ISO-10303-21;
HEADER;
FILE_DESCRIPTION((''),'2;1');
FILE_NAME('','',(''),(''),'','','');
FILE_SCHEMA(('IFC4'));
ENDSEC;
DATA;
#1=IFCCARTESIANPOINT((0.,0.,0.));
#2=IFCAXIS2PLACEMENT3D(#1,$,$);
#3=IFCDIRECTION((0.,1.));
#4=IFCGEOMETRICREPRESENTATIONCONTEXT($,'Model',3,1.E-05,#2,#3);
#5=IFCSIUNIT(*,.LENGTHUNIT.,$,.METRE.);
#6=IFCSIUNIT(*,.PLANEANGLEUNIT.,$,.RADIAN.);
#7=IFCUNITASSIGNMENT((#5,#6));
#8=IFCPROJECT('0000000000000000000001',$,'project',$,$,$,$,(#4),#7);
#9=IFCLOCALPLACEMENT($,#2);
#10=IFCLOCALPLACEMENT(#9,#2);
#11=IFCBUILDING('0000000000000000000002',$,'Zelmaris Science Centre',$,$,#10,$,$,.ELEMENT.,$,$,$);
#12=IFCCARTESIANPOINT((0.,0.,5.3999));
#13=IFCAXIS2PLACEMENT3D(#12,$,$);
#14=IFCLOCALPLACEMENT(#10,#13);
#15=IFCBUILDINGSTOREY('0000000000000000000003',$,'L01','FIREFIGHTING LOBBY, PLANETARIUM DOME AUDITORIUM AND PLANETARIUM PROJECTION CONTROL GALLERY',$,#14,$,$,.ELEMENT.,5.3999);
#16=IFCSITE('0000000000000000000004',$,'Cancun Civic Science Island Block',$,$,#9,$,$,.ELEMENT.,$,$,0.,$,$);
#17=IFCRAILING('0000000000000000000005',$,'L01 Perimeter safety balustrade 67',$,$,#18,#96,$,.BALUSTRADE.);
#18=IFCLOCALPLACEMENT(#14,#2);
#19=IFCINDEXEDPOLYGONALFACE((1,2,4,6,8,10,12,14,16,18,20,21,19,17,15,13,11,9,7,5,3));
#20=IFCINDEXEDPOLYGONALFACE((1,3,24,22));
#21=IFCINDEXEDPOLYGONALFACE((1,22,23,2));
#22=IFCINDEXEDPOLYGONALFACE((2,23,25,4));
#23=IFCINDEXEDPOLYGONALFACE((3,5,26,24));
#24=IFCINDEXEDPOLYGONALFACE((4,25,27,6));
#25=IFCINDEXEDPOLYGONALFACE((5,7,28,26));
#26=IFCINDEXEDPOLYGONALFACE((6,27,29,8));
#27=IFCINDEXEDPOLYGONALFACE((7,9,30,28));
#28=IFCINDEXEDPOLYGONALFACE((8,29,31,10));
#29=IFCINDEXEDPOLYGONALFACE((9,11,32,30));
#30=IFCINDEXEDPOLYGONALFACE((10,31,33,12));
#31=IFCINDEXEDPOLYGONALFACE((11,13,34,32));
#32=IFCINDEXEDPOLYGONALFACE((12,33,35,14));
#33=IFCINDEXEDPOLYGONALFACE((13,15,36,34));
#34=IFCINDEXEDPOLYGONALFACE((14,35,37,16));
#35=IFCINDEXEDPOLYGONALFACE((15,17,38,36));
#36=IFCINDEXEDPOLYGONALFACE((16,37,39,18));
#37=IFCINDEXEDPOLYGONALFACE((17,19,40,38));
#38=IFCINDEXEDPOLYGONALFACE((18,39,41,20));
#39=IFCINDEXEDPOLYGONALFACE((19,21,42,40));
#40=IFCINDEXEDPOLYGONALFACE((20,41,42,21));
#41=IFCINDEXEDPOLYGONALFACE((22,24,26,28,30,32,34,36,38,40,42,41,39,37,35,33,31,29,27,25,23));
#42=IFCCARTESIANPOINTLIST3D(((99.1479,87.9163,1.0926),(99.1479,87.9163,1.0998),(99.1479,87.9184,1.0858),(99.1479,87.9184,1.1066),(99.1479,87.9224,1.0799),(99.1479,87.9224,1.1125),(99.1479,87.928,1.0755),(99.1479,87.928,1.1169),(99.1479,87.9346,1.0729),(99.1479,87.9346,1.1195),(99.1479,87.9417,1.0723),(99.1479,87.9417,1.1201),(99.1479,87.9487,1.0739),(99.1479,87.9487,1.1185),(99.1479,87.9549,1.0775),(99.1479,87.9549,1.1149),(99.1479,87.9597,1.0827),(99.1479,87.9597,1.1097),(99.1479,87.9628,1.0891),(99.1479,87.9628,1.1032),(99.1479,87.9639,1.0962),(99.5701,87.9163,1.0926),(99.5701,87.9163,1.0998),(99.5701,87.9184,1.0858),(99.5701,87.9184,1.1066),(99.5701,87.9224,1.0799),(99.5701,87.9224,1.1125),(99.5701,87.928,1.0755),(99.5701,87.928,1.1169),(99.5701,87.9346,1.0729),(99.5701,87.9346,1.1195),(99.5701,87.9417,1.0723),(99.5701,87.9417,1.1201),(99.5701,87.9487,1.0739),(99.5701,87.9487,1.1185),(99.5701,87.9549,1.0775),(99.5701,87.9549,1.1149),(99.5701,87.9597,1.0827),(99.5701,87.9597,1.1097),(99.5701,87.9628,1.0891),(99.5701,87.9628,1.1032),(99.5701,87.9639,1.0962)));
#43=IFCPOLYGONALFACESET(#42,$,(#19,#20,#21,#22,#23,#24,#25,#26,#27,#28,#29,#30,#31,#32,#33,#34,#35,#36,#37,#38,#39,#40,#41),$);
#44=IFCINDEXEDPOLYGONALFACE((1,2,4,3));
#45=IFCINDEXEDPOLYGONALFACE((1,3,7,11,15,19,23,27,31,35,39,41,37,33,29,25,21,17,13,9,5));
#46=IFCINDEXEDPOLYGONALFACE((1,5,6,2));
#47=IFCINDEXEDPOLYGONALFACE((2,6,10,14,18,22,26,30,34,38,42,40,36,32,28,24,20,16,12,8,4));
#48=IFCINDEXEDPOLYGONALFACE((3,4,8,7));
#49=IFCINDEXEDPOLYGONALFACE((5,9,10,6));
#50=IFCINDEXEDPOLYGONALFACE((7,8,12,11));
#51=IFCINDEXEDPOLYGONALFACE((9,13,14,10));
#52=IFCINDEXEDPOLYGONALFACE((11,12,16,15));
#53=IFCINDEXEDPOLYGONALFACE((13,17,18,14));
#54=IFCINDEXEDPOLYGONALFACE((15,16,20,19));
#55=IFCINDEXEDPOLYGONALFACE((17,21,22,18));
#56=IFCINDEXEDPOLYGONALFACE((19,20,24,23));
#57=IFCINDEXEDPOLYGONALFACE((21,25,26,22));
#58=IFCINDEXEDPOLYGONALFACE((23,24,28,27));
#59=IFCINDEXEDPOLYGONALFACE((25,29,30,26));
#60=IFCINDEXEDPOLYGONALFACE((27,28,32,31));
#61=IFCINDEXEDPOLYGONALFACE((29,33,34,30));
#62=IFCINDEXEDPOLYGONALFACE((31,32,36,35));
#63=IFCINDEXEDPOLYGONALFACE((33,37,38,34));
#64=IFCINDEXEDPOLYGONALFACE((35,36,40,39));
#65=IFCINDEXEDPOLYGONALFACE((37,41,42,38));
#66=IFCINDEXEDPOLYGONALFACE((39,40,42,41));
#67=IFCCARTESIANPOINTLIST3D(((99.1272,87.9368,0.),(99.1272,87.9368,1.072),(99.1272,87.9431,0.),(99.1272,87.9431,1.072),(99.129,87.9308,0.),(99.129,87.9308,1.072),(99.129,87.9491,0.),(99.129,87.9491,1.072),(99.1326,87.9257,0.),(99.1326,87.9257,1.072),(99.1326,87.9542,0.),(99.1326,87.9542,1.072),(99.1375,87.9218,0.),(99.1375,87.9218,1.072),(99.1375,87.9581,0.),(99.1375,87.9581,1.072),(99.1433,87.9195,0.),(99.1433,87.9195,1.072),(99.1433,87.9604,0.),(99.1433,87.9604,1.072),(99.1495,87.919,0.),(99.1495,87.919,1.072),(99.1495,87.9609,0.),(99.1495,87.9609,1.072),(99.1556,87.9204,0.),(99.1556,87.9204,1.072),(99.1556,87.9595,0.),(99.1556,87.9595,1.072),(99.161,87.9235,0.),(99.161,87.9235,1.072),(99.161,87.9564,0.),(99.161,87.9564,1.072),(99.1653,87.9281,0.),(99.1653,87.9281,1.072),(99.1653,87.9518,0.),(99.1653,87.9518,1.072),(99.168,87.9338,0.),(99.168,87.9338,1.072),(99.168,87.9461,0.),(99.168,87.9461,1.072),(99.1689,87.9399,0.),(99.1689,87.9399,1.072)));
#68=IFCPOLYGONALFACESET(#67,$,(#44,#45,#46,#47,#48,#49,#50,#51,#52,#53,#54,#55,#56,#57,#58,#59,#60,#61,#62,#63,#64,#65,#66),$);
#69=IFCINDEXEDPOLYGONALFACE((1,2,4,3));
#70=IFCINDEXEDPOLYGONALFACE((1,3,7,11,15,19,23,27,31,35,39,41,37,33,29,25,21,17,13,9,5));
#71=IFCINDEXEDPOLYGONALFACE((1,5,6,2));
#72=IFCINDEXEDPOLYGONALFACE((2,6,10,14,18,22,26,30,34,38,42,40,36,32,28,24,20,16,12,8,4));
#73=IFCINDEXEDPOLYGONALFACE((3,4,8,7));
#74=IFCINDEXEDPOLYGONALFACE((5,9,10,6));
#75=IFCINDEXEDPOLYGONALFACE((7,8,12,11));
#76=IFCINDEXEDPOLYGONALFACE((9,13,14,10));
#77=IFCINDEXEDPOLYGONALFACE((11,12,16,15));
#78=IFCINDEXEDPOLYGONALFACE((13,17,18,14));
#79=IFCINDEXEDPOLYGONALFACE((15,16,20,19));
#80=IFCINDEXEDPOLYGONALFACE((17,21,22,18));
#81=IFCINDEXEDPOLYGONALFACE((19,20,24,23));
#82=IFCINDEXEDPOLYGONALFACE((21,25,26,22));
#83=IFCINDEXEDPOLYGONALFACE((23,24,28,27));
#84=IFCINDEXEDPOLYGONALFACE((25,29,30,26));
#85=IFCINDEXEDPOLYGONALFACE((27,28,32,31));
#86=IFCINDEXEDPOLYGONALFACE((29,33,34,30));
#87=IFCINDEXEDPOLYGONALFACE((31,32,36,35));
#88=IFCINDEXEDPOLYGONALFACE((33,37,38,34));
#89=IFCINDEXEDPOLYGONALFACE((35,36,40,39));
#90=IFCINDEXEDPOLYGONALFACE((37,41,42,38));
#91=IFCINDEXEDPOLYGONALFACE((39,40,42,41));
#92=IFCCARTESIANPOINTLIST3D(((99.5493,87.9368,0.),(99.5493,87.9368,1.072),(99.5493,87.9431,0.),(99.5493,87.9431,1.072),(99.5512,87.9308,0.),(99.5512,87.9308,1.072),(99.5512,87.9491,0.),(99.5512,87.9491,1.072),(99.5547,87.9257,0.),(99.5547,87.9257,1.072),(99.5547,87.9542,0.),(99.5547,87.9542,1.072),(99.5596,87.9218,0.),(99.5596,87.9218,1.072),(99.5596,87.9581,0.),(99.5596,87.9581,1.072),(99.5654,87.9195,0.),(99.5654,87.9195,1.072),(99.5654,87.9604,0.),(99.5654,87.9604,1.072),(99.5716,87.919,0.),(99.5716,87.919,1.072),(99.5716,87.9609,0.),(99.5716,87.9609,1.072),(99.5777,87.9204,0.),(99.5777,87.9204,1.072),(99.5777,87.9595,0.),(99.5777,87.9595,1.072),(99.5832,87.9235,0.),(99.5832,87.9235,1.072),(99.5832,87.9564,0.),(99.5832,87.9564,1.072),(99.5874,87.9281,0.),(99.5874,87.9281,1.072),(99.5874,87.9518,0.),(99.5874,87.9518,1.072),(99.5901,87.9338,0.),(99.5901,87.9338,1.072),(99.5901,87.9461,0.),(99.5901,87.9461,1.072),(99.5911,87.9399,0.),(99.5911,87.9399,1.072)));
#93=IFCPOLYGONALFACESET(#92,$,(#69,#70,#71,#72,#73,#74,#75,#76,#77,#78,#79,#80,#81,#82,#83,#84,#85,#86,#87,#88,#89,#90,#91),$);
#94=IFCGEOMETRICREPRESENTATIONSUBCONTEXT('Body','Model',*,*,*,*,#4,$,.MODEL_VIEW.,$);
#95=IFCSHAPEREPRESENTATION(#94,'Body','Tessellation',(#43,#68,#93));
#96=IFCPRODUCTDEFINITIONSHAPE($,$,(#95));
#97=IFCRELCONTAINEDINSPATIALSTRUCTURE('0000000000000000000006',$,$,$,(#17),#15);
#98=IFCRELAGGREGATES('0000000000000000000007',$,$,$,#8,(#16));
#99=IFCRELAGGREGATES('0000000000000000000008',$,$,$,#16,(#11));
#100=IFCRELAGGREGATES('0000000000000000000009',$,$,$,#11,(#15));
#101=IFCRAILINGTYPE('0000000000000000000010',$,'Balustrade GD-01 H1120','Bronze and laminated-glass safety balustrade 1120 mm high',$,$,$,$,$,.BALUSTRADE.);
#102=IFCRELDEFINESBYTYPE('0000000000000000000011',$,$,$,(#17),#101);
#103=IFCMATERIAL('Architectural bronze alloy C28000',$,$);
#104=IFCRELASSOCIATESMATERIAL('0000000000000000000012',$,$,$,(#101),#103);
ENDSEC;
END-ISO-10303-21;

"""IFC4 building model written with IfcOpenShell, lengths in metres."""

from ifc_helpers import new_model, si_unit, direction, frame, origin, origin_2d, place, context, subcontext, project, spatial, circle, extrude, material, type_object, element, save


model = new_model("IFC4")

# Units and contexts
model_context = context("Model", 3, precision=1e-05, world=origin(), true_north=direction((0.0, 1.0)))
body_context = subcontext(model_context, "Body", "Model", "MODEL_VIEW")
ifc_project = project(units=[si_unit("LENGTHUNIT", "METRE"), si_unit("PLANEANGLEUNIT", "RADIAN")], contexts=[model_context])

# Site, building, storey
site_placement = place(None, origin())
site = spatial("IfcSite", under=ifc_project, at=site_placement, Name="Cancun Civic Science Island Block", CompositionType="ELEMENT", RefElevation=0.0)
building_placement = place(site_placement, origin())
building = spatial("IfcBuilding", under=site, at=building_placement, Name="Zelmaris Science Centre", CompositionType="ELEMENT")
storey_placement = place(building_placement, frame((0.0, 0.0, 5.3999)))
storey = spatial("IfcBuildingStorey", under=building, at=storey_placement, Name="L01", Description="FIREFIGHTING LOBBY, PLANETARIUM DOME AUDITORIUM AND PLANETARIUM PROJECTION CONTROL GALLERY", CompositionType="ELEMENT", Elevation=5.3999)

# Railing
ifc_material_1 = material(Name="Architectural bronze alloy C28000")
railing_type = type_object("IfcRailingType", Name="Balustrade GD-01 H1120", Description="Bronze and laminated-glass safety balustrade 1120 mm high", PredefinedType="BALUSTRADE", material=ifc_material_1)
railing_placement = place(storey_placement, frame((99.1479, 87.9399, 0.0)))
element("IfcRailing", 1, at=railing_placement, inside=storey, type_object=railing_type, Name="L01 Perimeter safety balustrade 67", PredefinedType="BALUSTRADE", context=body_context, shape_type="SweptSolid", body=[
    extrude(circle(Radius=0.0239, at=origin_2d()), frame((0.0, 0.0, 1.0962), z_axis=(1.0, 0.0, 0.0), x_axis=(0.0, 1.0, 0.0)), (0.0, 0.0, 1.0), 0.4221),
    extrude(circle(Radius=0.021, at=origin_2d()), origin(), (0.0, 0.0, 1.0), 1.072),
    extrude(circle(Radius=0.021, at=origin_2d()), frame((0.4221, 0.0, 0.0)), (0.0, 0.0, 1.0), 1.072),
])

save(model, "model.ifc")
